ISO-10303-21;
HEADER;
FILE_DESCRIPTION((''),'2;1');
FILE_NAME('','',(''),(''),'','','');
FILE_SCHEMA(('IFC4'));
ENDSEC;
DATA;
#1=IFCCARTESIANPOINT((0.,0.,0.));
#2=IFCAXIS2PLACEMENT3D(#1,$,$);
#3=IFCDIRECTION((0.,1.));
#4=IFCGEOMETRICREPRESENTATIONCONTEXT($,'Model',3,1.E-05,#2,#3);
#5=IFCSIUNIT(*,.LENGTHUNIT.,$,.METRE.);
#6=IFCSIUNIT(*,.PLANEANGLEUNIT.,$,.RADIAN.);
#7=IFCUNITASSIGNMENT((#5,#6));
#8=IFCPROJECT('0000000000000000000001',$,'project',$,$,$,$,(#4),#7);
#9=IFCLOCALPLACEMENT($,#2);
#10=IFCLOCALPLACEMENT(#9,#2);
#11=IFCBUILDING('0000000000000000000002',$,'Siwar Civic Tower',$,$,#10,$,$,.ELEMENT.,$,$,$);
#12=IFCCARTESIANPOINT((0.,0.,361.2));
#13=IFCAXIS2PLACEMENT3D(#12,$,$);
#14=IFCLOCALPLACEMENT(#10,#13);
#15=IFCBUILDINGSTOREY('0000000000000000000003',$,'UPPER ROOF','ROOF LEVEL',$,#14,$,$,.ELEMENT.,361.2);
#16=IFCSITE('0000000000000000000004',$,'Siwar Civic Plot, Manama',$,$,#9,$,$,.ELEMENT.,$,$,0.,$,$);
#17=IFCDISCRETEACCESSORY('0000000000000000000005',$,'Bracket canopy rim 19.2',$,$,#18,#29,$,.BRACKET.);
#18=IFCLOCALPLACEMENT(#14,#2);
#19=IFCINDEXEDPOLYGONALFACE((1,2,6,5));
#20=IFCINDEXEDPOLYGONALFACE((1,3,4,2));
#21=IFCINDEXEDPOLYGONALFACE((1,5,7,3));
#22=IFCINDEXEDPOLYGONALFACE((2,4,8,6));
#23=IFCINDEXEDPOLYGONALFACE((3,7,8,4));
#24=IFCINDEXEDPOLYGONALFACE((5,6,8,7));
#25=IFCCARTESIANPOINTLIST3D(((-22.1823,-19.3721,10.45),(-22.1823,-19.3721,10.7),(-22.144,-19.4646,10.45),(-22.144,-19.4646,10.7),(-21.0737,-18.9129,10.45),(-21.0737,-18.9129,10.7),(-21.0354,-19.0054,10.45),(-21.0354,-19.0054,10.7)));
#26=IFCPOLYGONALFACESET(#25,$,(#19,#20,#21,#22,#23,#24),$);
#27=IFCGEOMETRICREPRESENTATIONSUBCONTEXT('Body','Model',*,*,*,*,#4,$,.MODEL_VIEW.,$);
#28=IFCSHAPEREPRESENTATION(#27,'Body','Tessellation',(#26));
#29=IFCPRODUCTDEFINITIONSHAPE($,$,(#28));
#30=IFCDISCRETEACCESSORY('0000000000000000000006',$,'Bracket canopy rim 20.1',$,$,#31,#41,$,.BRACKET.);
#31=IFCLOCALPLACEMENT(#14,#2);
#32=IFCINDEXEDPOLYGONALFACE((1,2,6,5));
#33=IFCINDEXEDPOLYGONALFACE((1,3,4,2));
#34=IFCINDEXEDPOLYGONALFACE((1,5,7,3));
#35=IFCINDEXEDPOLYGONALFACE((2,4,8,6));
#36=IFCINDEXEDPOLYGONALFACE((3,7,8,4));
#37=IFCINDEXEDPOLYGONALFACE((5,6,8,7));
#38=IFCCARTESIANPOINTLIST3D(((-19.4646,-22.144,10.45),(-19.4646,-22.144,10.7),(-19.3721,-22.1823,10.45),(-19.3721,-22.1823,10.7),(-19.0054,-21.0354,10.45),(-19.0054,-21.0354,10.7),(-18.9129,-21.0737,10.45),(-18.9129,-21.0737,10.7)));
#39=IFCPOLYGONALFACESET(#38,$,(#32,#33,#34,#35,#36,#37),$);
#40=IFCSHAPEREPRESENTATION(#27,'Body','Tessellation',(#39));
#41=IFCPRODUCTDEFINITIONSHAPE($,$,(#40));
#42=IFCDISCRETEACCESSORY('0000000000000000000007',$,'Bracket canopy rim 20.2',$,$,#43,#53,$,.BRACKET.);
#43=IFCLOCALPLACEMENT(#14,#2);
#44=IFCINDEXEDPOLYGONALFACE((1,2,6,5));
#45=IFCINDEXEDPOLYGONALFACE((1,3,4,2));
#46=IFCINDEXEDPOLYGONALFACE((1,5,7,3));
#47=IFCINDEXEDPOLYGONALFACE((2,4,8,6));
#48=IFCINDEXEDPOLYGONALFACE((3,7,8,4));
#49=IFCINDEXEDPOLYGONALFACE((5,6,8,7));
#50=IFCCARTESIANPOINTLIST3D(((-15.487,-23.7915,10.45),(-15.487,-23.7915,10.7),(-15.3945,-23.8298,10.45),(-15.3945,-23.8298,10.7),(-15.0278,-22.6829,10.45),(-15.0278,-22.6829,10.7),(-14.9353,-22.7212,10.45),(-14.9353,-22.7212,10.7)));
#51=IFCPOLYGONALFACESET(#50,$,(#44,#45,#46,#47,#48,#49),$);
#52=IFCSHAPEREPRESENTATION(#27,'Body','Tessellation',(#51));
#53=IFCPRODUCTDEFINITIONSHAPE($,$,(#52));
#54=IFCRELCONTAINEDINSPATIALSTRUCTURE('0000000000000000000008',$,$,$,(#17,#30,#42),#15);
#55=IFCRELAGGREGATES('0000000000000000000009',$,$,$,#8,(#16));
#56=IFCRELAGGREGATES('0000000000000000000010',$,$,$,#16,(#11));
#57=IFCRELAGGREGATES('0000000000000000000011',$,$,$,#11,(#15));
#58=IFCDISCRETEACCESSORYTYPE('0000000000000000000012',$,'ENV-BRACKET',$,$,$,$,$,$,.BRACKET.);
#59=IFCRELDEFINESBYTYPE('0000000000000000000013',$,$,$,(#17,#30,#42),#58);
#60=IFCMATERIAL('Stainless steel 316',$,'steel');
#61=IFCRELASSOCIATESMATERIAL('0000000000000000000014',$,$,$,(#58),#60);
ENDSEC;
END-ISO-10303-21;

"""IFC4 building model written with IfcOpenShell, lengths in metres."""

from ifc_helpers import new_model, si_unit, direction, frame, origin, origin_2d, place, context, subcontext, project, spatial, rectangle, extrude, material, type_object, element, save


model = new_model("IFC4")

# Units and contexts
model_context = context("Model", 3, precision=1e-05, world=origin(), true_north=direction((0.0, 1.0)))
body_context = subcontext(model_context, "Body", "Model", "MODEL_VIEW")
ifc_project = project(units=[si_unit("LENGTHUNIT", "METRE"), si_unit("PLANEANGLEUNIT", "RADIAN")], contexts=[model_context])

# Site, building, storey
site_placement = place(None, origin())
site = spatial("IfcSite", under=ifc_project, at=site_placement, Name="Siwar Civic Plot, Manama", CompositionType="ELEMENT", RefElevation=0.0)
building_placement = place(site_placement, origin())
building = spatial("IfcBuilding", under=site, at=building_placement, Name="Siwar Civic Tower", CompositionType="ELEMENT")
storey_placement = place(building_placement, frame((0.0, 0.0, 361.2)))
storey = spatial("IfcBuildingStorey", under=building, at=storey_placement, Name="UPPER ROOF", Description="ROOF LEVEL", CompositionType="ELEMENT", Elevation=361.2)

# Discrete accessories
ifc_material_1 = material(Name="Stainless steel 316", Category="steel")
discrete_accessory_type = type_object("IfcDiscreteAccessoryType", Name="ENV-BRACKET", PredefinedType="BRACKET", material=ifc_material_1)
for number, where, z_axis, x_axis, name in (
    (1, (-21.6089, -19.1887, 10.45), (0.0, 0.0, 1.0), (0.382683, -0.92388, 0.0), "Bracket canopy rim 19.2"),
    (2, (-19.1887, -21.6089, 10.45), (0.0, 0.0, 1.0), (0.92388, -0.382683, 0.0), "Bracket canopy rim 20.1"),
    (3, (-15.2112, -23.2563, 10.45), (0.0, 0.0, 1.0), (0.92388, -0.382683, 0.0), "Bracket canopy rim 20.2"),
):
    element("IfcDiscreteAccessory", number, at=place(storey_placement, frame(where, z_axis=z_axis, x_axis=x_axis)), inside=storey, type_object=discrete_accessory_type, Name=name, PredefinedType="BRACKET", context=body_context, shape_type="SweptSolid", body=[
        extrude(rectangle(XDim=0.1001, YDim=1.2, at=origin_2d()), origin(), (0.0, 0.0, 1.0), 0.25),
    ])

save(model, "model.ifc")
